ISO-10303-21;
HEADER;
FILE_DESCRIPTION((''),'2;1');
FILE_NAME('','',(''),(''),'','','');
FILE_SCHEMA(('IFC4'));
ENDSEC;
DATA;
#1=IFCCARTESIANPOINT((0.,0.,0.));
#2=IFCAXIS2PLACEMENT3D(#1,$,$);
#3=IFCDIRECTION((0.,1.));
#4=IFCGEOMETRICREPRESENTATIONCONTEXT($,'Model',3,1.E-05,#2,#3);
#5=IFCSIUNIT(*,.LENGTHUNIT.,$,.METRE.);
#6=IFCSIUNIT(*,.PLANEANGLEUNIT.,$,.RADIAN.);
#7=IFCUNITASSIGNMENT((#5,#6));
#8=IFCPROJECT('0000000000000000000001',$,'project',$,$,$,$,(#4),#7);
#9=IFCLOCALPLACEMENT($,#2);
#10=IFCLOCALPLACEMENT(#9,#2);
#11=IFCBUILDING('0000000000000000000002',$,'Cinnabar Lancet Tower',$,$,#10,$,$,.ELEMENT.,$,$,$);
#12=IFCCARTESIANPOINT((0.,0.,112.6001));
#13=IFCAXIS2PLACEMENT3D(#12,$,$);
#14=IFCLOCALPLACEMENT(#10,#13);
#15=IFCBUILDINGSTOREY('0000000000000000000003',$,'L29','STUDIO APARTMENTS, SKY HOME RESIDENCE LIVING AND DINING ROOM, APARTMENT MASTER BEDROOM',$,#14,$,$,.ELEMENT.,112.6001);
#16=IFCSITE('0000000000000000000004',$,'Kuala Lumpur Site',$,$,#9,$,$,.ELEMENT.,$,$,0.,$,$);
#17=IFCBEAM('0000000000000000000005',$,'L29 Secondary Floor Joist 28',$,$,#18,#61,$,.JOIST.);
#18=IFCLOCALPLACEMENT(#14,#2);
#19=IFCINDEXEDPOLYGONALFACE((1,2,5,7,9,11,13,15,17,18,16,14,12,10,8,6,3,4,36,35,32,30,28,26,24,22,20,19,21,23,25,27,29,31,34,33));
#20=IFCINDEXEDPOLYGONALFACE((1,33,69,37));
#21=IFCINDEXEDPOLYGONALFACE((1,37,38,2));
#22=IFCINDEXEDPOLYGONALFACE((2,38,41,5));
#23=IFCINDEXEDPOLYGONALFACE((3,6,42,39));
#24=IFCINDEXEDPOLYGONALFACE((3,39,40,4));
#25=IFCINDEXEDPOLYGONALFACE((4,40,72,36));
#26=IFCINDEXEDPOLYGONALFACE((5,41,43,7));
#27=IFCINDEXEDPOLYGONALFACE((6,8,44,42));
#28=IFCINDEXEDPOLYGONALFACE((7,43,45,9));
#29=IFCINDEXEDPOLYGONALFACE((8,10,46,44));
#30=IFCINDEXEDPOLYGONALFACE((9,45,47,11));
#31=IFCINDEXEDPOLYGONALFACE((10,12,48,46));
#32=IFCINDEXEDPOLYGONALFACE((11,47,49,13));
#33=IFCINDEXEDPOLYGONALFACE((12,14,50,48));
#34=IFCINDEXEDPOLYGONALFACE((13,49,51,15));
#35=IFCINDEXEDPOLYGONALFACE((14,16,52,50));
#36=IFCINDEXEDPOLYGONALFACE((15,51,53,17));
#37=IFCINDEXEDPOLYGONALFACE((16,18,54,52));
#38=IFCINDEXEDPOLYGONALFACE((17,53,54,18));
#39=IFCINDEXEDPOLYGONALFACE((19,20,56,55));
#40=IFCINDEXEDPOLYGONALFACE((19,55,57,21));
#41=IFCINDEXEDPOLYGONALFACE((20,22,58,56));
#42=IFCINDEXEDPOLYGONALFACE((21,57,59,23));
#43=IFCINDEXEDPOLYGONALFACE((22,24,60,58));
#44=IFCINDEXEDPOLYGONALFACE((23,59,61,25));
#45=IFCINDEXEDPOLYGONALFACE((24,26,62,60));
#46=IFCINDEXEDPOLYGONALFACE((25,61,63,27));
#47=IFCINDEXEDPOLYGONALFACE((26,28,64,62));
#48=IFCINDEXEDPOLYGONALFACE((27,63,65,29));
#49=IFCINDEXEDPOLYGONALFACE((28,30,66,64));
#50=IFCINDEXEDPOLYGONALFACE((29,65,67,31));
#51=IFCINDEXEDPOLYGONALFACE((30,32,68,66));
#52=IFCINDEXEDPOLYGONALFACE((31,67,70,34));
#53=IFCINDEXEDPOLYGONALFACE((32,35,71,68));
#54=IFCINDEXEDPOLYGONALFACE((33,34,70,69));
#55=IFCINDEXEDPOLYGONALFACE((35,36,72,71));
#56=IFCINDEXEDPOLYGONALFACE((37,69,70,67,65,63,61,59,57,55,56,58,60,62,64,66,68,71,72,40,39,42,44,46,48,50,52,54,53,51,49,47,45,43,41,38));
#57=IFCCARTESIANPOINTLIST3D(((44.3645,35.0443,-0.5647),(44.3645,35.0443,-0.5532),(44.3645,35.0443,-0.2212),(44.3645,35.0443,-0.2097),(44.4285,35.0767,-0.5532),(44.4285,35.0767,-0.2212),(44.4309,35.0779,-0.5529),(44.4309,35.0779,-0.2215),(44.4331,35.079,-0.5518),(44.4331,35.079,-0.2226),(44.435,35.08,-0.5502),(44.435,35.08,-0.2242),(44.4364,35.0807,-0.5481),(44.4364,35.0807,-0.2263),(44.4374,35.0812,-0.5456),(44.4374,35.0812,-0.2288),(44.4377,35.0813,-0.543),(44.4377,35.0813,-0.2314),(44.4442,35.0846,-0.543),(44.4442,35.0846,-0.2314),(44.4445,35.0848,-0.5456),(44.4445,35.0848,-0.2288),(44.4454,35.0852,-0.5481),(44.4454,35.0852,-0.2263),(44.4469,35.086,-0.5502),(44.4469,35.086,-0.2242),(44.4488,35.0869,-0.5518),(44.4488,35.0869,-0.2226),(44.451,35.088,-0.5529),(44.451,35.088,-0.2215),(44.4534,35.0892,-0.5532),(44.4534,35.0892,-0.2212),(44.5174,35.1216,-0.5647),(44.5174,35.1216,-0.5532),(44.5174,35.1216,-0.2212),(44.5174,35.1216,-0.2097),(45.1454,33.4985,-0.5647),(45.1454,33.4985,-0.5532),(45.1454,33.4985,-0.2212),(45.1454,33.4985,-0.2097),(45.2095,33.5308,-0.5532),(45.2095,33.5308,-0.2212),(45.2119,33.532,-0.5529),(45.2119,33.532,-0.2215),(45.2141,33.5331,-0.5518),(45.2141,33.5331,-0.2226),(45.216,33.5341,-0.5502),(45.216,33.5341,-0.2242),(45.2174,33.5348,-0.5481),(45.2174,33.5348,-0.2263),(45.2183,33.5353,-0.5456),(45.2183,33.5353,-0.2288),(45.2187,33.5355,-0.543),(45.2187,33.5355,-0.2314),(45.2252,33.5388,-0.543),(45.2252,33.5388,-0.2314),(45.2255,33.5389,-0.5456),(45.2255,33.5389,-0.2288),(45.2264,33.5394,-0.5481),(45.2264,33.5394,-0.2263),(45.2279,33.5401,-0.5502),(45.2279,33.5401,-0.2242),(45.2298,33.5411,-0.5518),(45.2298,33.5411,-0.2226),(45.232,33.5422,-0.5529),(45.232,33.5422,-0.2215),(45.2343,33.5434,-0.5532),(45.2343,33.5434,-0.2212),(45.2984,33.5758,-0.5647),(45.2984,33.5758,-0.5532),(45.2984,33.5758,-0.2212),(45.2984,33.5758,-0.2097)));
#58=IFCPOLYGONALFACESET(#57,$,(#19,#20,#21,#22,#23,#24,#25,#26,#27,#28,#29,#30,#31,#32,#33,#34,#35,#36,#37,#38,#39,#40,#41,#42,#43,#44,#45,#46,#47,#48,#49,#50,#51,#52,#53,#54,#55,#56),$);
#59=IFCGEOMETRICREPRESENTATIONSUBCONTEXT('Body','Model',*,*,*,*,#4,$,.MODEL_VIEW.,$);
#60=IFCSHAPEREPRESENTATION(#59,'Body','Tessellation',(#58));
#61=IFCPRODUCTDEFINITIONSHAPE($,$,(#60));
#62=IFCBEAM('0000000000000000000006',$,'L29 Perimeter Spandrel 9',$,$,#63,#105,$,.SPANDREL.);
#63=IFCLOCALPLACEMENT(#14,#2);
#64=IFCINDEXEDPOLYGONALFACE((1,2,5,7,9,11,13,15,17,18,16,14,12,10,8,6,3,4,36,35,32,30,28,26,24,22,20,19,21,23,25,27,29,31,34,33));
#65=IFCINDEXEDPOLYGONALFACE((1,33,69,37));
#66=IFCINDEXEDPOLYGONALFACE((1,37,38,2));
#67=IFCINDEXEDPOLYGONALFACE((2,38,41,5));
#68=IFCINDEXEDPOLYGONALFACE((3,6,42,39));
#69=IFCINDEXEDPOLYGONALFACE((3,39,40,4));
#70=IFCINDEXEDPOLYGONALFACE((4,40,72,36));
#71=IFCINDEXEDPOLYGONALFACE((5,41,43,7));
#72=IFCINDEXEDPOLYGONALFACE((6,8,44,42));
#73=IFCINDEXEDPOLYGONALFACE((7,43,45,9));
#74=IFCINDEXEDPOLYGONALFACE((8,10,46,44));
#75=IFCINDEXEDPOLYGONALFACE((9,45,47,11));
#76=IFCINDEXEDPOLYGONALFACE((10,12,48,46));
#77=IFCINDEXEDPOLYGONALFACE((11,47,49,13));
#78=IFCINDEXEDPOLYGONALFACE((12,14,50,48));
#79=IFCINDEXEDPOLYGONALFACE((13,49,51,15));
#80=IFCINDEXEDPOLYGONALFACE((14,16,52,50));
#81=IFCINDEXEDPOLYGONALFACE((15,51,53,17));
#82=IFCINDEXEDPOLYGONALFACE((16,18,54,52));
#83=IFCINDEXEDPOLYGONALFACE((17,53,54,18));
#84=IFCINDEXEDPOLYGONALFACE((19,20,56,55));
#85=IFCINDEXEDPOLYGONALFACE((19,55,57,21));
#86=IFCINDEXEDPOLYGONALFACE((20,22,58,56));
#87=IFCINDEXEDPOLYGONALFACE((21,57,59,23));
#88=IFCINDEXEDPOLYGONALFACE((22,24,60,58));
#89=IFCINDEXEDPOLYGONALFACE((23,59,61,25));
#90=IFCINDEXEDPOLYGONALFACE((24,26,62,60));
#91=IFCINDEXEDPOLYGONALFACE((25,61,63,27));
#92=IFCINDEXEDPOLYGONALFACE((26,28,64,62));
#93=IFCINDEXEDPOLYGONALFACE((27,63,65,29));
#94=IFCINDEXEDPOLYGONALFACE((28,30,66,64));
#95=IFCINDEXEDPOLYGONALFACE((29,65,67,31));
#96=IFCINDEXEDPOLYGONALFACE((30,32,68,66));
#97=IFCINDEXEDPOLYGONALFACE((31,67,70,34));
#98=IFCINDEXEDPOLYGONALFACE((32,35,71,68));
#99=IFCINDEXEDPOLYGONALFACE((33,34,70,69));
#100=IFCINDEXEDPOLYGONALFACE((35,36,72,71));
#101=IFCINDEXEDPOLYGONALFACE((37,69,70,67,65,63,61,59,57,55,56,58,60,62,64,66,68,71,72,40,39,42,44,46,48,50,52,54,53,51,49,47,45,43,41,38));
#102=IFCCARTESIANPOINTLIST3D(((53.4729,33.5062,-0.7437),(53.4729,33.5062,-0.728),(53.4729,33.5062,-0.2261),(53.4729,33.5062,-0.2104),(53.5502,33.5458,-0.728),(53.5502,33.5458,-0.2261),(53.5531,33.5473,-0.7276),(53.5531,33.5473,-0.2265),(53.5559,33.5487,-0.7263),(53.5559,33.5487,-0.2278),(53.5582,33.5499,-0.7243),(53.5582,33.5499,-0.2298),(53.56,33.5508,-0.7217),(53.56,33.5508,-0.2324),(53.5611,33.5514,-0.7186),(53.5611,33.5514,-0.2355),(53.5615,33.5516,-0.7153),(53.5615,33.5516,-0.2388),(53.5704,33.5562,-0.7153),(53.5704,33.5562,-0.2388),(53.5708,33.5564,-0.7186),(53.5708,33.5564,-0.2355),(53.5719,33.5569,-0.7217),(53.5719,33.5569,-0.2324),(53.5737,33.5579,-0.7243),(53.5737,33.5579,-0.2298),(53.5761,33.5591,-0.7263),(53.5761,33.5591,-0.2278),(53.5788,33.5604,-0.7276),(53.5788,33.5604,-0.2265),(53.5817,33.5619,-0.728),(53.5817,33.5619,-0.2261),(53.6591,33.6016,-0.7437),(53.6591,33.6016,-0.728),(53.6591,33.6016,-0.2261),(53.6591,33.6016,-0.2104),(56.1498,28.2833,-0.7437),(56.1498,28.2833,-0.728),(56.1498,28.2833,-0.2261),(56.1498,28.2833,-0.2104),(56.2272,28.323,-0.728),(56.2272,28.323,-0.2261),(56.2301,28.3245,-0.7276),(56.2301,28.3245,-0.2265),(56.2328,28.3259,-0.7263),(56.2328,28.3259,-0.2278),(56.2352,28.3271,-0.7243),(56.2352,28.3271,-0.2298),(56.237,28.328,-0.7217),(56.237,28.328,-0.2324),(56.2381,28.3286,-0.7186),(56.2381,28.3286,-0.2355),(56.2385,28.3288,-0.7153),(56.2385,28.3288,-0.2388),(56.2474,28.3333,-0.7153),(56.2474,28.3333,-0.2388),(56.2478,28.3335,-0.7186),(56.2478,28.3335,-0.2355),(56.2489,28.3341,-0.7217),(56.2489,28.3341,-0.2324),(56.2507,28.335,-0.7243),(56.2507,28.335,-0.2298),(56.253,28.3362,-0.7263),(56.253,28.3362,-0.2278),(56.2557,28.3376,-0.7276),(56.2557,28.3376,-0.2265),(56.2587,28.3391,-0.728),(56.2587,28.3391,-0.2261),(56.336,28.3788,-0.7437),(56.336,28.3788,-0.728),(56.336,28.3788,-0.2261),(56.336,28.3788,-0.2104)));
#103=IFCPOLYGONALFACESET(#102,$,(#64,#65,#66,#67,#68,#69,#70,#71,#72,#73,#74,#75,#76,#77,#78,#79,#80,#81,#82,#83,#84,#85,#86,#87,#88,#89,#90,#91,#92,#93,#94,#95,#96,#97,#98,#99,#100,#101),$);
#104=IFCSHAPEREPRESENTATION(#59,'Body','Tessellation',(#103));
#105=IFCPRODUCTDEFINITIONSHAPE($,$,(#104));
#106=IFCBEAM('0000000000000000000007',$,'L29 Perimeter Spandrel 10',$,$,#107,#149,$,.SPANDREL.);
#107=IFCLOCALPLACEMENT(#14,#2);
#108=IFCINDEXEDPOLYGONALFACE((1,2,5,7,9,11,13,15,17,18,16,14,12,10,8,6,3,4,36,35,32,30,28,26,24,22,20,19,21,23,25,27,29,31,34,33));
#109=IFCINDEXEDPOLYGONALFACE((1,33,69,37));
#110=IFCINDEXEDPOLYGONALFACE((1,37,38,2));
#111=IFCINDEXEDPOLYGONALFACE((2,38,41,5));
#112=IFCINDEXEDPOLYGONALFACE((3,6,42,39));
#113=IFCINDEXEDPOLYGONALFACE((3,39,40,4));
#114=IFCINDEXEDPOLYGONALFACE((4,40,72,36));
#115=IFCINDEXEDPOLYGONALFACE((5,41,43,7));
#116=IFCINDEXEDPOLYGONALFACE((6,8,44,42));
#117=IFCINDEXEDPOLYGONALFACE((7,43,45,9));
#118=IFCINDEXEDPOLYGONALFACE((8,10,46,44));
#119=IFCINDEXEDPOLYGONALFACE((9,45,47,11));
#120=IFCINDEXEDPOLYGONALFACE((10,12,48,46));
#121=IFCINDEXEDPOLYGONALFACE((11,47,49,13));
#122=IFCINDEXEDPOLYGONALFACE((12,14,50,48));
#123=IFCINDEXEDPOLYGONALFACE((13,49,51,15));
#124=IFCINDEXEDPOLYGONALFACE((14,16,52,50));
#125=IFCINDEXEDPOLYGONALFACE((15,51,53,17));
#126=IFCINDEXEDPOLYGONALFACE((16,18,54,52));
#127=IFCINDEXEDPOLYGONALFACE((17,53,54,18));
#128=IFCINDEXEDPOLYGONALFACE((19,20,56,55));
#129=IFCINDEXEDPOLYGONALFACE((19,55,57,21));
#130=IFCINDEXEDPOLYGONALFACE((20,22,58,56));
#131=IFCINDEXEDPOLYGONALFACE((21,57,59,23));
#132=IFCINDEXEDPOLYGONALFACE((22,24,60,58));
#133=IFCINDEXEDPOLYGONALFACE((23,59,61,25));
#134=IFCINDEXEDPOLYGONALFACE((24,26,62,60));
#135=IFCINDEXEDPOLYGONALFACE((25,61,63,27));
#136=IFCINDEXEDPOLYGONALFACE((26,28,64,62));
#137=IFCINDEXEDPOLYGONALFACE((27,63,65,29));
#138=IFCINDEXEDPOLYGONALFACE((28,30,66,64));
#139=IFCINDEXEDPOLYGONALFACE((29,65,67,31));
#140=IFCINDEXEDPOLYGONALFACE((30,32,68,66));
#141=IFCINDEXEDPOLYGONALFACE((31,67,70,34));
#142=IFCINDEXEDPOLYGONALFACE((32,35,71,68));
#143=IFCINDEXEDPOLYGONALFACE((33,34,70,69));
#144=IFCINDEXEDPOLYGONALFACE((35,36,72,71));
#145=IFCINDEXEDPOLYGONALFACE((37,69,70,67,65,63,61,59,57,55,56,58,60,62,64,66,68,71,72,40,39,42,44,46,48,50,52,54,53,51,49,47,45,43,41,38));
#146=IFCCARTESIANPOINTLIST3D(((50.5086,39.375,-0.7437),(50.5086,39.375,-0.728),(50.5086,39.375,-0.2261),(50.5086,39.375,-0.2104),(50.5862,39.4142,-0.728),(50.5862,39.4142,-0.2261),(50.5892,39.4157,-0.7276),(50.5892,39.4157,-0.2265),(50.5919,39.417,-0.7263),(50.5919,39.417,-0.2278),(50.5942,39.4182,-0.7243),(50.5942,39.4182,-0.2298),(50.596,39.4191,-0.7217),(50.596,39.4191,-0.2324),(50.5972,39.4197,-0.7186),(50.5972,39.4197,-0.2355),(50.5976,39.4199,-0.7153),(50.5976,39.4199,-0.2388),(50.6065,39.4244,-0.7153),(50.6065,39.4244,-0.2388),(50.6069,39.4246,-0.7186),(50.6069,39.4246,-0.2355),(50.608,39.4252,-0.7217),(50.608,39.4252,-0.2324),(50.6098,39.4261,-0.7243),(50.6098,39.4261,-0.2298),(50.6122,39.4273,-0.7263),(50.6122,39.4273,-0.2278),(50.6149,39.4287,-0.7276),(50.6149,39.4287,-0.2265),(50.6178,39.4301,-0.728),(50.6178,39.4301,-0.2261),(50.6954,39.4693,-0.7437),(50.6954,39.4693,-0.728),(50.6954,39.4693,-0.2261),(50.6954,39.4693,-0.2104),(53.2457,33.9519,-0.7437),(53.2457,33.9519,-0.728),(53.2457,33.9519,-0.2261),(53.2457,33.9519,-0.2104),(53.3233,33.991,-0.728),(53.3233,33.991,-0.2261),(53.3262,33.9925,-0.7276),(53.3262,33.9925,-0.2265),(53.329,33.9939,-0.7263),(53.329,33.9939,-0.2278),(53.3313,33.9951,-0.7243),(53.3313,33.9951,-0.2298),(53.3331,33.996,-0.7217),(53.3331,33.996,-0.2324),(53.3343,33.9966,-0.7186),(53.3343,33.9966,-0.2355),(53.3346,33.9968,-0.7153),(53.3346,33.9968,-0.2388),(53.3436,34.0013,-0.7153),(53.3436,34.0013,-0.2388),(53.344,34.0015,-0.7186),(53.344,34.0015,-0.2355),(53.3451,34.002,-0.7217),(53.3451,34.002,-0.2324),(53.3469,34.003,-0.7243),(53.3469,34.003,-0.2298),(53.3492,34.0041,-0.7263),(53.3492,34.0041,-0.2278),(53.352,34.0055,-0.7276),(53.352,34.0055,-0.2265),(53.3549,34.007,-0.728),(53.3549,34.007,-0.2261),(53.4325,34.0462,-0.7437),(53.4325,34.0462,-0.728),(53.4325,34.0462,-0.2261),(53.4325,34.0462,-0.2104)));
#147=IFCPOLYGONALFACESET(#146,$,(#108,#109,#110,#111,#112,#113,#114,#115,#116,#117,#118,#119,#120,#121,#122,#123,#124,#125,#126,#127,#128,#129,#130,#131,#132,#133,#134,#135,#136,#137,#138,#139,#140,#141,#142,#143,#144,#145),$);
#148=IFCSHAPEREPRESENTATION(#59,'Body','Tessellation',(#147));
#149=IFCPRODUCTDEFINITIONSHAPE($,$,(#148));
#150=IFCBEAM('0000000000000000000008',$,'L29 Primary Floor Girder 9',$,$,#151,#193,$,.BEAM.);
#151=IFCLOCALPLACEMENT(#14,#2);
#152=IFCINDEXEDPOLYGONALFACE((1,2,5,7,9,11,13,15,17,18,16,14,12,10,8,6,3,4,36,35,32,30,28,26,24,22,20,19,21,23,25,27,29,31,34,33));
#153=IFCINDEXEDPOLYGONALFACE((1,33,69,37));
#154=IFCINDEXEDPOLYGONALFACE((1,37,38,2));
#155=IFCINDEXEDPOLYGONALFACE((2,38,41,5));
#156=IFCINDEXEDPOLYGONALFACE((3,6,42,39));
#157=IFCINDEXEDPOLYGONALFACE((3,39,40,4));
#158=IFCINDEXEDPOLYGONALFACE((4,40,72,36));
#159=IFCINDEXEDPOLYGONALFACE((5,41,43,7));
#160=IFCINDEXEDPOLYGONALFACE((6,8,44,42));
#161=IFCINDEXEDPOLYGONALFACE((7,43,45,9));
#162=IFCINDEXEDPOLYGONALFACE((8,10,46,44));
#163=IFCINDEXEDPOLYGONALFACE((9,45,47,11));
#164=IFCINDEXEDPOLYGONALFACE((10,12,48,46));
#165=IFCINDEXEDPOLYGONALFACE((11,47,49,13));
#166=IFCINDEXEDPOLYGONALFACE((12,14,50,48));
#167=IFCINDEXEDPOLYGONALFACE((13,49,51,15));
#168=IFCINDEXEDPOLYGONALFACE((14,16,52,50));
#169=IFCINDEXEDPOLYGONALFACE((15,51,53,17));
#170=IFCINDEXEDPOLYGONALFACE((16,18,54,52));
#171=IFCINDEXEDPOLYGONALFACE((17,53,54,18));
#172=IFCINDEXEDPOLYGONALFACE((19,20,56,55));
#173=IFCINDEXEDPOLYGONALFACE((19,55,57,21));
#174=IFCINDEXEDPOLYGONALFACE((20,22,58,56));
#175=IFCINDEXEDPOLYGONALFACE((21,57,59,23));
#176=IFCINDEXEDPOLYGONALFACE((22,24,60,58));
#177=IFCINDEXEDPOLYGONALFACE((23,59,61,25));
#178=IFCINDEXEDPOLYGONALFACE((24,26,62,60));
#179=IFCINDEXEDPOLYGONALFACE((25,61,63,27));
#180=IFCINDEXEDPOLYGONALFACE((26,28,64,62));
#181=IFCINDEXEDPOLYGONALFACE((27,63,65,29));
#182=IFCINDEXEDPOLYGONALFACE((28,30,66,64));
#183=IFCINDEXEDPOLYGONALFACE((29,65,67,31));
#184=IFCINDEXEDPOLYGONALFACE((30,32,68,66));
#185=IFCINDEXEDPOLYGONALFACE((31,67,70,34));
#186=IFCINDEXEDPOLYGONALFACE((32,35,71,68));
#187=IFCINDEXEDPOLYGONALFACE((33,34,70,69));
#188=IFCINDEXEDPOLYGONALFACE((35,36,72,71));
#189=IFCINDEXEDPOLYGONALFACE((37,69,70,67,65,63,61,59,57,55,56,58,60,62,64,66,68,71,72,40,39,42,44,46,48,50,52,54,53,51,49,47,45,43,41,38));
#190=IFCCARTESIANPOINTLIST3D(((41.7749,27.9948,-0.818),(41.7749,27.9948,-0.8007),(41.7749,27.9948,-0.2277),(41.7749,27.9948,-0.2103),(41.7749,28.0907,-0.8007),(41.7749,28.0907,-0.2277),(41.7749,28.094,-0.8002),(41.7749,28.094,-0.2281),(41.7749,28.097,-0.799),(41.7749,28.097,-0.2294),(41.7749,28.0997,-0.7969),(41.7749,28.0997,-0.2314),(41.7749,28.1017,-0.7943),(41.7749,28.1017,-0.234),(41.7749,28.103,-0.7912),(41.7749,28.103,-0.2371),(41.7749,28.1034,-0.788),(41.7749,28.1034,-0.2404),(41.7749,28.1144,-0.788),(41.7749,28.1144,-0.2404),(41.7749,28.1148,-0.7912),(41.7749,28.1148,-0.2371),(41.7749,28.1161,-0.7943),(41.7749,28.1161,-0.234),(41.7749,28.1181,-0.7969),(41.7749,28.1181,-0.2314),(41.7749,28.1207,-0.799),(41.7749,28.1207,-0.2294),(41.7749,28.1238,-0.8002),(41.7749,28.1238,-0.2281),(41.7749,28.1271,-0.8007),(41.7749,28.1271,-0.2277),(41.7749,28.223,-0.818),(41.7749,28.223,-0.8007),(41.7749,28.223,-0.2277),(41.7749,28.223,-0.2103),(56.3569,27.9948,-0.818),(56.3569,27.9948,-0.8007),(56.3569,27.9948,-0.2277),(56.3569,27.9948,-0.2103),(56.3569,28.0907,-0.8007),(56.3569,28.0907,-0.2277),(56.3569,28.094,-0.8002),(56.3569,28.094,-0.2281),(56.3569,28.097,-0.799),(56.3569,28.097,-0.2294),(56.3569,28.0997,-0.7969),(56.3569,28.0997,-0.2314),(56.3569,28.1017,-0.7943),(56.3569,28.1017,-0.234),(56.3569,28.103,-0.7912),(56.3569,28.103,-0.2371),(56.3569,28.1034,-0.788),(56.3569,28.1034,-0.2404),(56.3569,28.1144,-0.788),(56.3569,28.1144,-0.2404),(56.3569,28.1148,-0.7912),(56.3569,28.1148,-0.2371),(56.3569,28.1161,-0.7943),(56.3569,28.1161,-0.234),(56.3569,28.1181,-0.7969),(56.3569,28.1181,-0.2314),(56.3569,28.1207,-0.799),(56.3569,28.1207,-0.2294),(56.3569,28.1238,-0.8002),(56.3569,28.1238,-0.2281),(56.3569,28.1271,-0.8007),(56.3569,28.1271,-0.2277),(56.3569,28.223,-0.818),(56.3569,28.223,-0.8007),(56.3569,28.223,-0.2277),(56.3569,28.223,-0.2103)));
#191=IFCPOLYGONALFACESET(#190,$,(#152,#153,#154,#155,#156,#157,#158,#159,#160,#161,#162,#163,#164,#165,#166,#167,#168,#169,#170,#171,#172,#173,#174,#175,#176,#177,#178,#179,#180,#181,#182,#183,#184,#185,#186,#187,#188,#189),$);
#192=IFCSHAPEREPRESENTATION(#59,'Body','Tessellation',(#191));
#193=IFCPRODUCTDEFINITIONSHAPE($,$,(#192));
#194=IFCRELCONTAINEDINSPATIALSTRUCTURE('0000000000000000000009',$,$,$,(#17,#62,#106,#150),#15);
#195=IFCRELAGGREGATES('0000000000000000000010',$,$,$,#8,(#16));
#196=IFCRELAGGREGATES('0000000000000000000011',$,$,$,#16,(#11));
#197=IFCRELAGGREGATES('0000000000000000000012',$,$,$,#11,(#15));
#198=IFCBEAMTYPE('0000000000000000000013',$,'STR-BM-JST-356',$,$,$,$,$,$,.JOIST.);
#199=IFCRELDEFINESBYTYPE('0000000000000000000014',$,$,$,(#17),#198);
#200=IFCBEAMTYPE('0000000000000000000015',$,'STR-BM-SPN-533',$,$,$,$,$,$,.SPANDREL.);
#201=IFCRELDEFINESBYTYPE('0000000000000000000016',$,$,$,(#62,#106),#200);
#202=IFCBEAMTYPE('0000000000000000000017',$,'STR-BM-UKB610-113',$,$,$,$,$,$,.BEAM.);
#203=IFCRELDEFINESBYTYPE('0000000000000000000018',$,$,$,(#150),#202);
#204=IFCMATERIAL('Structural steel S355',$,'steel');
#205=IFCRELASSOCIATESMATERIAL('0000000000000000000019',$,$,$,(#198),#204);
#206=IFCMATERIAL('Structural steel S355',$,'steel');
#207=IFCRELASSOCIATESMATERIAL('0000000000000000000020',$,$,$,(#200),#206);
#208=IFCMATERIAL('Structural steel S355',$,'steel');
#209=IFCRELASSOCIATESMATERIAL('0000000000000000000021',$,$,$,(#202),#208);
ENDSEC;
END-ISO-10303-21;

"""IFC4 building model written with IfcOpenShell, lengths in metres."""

from ifc_helpers import new_model, si_unit, direction, frame, origin, origin_2d, place, context, subcontext, project, spatial, i_section, extrude, material, material_profile, profile_set, type_object, element, save


model = new_model("IFC4")

# Units and contexts
model_context = context("Model", 3, precision=1e-05, world=origin(), true_north=direction((0.0, 1.0)))
body_context = subcontext(model_context, "Body", "Model", "MODEL_VIEW")
ifc_project = project(units=[si_unit("LENGTHUNIT", "METRE"), si_unit("PLANEANGLEUNIT", "RADIAN")], contexts=[model_context])

# Site, building, storey
site_placement = place(None, origin())
site = spatial("IfcSite", under=ifc_project, at=site_placement, Name="Kuala Lumpur Site", CompositionType="ELEMENT", RefElevation=0.0)
building_placement = place(site_placement, origin())
building = spatial("IfcBuilding", under=site, at=building_placement, Name="Cinnabar Lancet Tower", CompositionType="ELEMENT")
storey_placement = place(building_placement, frame((0.0, 0.0, 112.6001)))
storey = spatial("IfcBuildingStorey", under=building, at=storey_placement, Name="L29", Description="STUDIO APARTMENTS, SKY HOME RESIDENCE LIVING AND DINING ROOM, APARTMENT MASTER BEDROOM", CompositionType="ELEMENT", Elevation=112.6001)

# Beams
ifc_material_1 = material(Name="Structural steel S355", Category="steel")
ifc_material_profile_1 = material_profile(ifc_material_1, i_section(OverallWidth=0.1714, OverallDepth=0.355, WebThickness=0.0073, FlangeThickness=0.0115, FilletRadius=0.0103, at=origin_2d()), Name="UKB 356x171x51")
ifc_profile_set_1 = profile_set([ifc_material_profile_1], Name="Structural steel S355")
beam_type_1 = type_object("IfcBeamType", Name="STR-BM-JST-356", PredefinedType="JOIST", material=ifc_profile_set_1)
beam_1_placement = place(storey_placement, frame((45.2219, 33.5371, -0.3872), z_axis=(-0.450931, 0.892559, 0.0), x_axis=(-0.892559, -0.450931, 0.0)))
element("IfcBeam", 1, at=beam_1_placement, inside=storey, type_object=beam_type_1, Name="L29 Secondary Floor Joist 28", PredefinedType="JOIST", context=body_context, shape_type="SweptSolid", body=[
    extrude(i_section(OverallWidth=0.1714, OverallDepth=0.355, WebThickness=0.0073, FlangeThickness=0.0115, FilletRadius=0.0103, at=origin_2d()), origin(), (0.0, 0.0, 1.0), 1.7319),
])
ifc_material_2 = material(Name="Structural steel S355", Category="steel")
ifc_material_profile_2 = material_profile(ifc_material_2, i_section(OverallWidth=0.2092, OverallDepth=0.5332, WebThickness=0.01, FlangeThickness=0.0156, FilletRadius=0.0127, at=origin_2d()), Name="UKB 533x210x92")
ifc_profile_set_2 = profile_set([ifc_material_profile_2], Name="Structural steel S355")
beam_type_2 = type_object("IfcBeamType", Name="STR-BM-SPN-533", PredefinedType="SPANDREL", material=ifc_profile_set_2)
beam_2_placement = place(storey_placement, frame((56.2429, 28.3311, -0.4771), z_axis=(-0.456127, 0.889915, 0.0), x_axis=(-0.889915, -0.456127, 0.0)))
element("IfcBeam", 2, at=beam_2_placement, inside=storey, type_object=beam_type_2, Name="L29 Perimeter Spandrel 9", PredefinedType="SPANDREL", context=body_context, shape_type="SweptSolid", body=[
    extrude(i_section(OverallWidth=0.2092, OverallDepth=0.5332, WebThickness=0.01, FlangeThickness=0.0156, FilletRadius=0.0127, at=origin_2d()), origin(), (0.0, 0.0, 1.0), 5.8689),
])
beam_3_placement = place(storey_placement, frame((53.3391, 33.999, -0.4771), z_axis=(-0.45057, 0.892741, 0.0), x_axis=(-0.892741, -0.45057, 0.0)))
element("IfcBeam", 3, at=beam_3_placement, inside=storey, type_object=beam_type_2, Name="L29 Perimeter Spandrel 10", PredefinedType="SPANDREL", context=body_context, shape_type="SweptSolid", body=[
    extrude(i_section(OverallWidth=0.2092, OverallDepth=0.5332, WebThickness=0.01, FlangeThickness=0.0156, FilletRadius=0.0127, at=origin_2d()), origin(), (0.0, 0.0, 1.0), 6.0747),
])
ifc_material_3 = material(Name="Structural steel S355", Category="steel")
ifc_material_profile_3 = material_profile(ifc_material_3, i_section(OverallWidth=0.2283, OverallDepth=0.6077, WebThickness=0.011, FlangeThickness=0.0173, FilletRadius=0.0127, at=origin_2d()), Name="UKB 610x229x113")
ifc_profile_set_3 = profile_set([ifc_material_profile_3], Name="Structural steel S355")
beam_type_3 = type_object("IfcBeamType", Name="STR-BM-UKB610-113", PredefinedType="BEAM", material=ifc_profile_set_3)
beam_4_placement = place(storey_placement, frame((56.3569, 28.1089, -0.5142), z_axis=(-1.0, 0.0, 0.0), x_axis=(0.0, -1.0, 0.0)))
element("IfcBeam", 4, at=beam_4_placement, inside=storey, type_object=beam_type_3, Name="L29 Primary Floor Girder 9", PredefinedType="BEAM", context=body_context, shape_type="SweptSolid", body=[
    extrude(i_section(OverallWidth=0.2283, OverallDepth=0.6077, WebThickness=0.011, FlangeThickness=0.0173, FilletRadius=0.0127, at=origin_2d()), origin(), (0.0, 0.0, 1.0), 14.582),
])

save(model, "model.ifc")
